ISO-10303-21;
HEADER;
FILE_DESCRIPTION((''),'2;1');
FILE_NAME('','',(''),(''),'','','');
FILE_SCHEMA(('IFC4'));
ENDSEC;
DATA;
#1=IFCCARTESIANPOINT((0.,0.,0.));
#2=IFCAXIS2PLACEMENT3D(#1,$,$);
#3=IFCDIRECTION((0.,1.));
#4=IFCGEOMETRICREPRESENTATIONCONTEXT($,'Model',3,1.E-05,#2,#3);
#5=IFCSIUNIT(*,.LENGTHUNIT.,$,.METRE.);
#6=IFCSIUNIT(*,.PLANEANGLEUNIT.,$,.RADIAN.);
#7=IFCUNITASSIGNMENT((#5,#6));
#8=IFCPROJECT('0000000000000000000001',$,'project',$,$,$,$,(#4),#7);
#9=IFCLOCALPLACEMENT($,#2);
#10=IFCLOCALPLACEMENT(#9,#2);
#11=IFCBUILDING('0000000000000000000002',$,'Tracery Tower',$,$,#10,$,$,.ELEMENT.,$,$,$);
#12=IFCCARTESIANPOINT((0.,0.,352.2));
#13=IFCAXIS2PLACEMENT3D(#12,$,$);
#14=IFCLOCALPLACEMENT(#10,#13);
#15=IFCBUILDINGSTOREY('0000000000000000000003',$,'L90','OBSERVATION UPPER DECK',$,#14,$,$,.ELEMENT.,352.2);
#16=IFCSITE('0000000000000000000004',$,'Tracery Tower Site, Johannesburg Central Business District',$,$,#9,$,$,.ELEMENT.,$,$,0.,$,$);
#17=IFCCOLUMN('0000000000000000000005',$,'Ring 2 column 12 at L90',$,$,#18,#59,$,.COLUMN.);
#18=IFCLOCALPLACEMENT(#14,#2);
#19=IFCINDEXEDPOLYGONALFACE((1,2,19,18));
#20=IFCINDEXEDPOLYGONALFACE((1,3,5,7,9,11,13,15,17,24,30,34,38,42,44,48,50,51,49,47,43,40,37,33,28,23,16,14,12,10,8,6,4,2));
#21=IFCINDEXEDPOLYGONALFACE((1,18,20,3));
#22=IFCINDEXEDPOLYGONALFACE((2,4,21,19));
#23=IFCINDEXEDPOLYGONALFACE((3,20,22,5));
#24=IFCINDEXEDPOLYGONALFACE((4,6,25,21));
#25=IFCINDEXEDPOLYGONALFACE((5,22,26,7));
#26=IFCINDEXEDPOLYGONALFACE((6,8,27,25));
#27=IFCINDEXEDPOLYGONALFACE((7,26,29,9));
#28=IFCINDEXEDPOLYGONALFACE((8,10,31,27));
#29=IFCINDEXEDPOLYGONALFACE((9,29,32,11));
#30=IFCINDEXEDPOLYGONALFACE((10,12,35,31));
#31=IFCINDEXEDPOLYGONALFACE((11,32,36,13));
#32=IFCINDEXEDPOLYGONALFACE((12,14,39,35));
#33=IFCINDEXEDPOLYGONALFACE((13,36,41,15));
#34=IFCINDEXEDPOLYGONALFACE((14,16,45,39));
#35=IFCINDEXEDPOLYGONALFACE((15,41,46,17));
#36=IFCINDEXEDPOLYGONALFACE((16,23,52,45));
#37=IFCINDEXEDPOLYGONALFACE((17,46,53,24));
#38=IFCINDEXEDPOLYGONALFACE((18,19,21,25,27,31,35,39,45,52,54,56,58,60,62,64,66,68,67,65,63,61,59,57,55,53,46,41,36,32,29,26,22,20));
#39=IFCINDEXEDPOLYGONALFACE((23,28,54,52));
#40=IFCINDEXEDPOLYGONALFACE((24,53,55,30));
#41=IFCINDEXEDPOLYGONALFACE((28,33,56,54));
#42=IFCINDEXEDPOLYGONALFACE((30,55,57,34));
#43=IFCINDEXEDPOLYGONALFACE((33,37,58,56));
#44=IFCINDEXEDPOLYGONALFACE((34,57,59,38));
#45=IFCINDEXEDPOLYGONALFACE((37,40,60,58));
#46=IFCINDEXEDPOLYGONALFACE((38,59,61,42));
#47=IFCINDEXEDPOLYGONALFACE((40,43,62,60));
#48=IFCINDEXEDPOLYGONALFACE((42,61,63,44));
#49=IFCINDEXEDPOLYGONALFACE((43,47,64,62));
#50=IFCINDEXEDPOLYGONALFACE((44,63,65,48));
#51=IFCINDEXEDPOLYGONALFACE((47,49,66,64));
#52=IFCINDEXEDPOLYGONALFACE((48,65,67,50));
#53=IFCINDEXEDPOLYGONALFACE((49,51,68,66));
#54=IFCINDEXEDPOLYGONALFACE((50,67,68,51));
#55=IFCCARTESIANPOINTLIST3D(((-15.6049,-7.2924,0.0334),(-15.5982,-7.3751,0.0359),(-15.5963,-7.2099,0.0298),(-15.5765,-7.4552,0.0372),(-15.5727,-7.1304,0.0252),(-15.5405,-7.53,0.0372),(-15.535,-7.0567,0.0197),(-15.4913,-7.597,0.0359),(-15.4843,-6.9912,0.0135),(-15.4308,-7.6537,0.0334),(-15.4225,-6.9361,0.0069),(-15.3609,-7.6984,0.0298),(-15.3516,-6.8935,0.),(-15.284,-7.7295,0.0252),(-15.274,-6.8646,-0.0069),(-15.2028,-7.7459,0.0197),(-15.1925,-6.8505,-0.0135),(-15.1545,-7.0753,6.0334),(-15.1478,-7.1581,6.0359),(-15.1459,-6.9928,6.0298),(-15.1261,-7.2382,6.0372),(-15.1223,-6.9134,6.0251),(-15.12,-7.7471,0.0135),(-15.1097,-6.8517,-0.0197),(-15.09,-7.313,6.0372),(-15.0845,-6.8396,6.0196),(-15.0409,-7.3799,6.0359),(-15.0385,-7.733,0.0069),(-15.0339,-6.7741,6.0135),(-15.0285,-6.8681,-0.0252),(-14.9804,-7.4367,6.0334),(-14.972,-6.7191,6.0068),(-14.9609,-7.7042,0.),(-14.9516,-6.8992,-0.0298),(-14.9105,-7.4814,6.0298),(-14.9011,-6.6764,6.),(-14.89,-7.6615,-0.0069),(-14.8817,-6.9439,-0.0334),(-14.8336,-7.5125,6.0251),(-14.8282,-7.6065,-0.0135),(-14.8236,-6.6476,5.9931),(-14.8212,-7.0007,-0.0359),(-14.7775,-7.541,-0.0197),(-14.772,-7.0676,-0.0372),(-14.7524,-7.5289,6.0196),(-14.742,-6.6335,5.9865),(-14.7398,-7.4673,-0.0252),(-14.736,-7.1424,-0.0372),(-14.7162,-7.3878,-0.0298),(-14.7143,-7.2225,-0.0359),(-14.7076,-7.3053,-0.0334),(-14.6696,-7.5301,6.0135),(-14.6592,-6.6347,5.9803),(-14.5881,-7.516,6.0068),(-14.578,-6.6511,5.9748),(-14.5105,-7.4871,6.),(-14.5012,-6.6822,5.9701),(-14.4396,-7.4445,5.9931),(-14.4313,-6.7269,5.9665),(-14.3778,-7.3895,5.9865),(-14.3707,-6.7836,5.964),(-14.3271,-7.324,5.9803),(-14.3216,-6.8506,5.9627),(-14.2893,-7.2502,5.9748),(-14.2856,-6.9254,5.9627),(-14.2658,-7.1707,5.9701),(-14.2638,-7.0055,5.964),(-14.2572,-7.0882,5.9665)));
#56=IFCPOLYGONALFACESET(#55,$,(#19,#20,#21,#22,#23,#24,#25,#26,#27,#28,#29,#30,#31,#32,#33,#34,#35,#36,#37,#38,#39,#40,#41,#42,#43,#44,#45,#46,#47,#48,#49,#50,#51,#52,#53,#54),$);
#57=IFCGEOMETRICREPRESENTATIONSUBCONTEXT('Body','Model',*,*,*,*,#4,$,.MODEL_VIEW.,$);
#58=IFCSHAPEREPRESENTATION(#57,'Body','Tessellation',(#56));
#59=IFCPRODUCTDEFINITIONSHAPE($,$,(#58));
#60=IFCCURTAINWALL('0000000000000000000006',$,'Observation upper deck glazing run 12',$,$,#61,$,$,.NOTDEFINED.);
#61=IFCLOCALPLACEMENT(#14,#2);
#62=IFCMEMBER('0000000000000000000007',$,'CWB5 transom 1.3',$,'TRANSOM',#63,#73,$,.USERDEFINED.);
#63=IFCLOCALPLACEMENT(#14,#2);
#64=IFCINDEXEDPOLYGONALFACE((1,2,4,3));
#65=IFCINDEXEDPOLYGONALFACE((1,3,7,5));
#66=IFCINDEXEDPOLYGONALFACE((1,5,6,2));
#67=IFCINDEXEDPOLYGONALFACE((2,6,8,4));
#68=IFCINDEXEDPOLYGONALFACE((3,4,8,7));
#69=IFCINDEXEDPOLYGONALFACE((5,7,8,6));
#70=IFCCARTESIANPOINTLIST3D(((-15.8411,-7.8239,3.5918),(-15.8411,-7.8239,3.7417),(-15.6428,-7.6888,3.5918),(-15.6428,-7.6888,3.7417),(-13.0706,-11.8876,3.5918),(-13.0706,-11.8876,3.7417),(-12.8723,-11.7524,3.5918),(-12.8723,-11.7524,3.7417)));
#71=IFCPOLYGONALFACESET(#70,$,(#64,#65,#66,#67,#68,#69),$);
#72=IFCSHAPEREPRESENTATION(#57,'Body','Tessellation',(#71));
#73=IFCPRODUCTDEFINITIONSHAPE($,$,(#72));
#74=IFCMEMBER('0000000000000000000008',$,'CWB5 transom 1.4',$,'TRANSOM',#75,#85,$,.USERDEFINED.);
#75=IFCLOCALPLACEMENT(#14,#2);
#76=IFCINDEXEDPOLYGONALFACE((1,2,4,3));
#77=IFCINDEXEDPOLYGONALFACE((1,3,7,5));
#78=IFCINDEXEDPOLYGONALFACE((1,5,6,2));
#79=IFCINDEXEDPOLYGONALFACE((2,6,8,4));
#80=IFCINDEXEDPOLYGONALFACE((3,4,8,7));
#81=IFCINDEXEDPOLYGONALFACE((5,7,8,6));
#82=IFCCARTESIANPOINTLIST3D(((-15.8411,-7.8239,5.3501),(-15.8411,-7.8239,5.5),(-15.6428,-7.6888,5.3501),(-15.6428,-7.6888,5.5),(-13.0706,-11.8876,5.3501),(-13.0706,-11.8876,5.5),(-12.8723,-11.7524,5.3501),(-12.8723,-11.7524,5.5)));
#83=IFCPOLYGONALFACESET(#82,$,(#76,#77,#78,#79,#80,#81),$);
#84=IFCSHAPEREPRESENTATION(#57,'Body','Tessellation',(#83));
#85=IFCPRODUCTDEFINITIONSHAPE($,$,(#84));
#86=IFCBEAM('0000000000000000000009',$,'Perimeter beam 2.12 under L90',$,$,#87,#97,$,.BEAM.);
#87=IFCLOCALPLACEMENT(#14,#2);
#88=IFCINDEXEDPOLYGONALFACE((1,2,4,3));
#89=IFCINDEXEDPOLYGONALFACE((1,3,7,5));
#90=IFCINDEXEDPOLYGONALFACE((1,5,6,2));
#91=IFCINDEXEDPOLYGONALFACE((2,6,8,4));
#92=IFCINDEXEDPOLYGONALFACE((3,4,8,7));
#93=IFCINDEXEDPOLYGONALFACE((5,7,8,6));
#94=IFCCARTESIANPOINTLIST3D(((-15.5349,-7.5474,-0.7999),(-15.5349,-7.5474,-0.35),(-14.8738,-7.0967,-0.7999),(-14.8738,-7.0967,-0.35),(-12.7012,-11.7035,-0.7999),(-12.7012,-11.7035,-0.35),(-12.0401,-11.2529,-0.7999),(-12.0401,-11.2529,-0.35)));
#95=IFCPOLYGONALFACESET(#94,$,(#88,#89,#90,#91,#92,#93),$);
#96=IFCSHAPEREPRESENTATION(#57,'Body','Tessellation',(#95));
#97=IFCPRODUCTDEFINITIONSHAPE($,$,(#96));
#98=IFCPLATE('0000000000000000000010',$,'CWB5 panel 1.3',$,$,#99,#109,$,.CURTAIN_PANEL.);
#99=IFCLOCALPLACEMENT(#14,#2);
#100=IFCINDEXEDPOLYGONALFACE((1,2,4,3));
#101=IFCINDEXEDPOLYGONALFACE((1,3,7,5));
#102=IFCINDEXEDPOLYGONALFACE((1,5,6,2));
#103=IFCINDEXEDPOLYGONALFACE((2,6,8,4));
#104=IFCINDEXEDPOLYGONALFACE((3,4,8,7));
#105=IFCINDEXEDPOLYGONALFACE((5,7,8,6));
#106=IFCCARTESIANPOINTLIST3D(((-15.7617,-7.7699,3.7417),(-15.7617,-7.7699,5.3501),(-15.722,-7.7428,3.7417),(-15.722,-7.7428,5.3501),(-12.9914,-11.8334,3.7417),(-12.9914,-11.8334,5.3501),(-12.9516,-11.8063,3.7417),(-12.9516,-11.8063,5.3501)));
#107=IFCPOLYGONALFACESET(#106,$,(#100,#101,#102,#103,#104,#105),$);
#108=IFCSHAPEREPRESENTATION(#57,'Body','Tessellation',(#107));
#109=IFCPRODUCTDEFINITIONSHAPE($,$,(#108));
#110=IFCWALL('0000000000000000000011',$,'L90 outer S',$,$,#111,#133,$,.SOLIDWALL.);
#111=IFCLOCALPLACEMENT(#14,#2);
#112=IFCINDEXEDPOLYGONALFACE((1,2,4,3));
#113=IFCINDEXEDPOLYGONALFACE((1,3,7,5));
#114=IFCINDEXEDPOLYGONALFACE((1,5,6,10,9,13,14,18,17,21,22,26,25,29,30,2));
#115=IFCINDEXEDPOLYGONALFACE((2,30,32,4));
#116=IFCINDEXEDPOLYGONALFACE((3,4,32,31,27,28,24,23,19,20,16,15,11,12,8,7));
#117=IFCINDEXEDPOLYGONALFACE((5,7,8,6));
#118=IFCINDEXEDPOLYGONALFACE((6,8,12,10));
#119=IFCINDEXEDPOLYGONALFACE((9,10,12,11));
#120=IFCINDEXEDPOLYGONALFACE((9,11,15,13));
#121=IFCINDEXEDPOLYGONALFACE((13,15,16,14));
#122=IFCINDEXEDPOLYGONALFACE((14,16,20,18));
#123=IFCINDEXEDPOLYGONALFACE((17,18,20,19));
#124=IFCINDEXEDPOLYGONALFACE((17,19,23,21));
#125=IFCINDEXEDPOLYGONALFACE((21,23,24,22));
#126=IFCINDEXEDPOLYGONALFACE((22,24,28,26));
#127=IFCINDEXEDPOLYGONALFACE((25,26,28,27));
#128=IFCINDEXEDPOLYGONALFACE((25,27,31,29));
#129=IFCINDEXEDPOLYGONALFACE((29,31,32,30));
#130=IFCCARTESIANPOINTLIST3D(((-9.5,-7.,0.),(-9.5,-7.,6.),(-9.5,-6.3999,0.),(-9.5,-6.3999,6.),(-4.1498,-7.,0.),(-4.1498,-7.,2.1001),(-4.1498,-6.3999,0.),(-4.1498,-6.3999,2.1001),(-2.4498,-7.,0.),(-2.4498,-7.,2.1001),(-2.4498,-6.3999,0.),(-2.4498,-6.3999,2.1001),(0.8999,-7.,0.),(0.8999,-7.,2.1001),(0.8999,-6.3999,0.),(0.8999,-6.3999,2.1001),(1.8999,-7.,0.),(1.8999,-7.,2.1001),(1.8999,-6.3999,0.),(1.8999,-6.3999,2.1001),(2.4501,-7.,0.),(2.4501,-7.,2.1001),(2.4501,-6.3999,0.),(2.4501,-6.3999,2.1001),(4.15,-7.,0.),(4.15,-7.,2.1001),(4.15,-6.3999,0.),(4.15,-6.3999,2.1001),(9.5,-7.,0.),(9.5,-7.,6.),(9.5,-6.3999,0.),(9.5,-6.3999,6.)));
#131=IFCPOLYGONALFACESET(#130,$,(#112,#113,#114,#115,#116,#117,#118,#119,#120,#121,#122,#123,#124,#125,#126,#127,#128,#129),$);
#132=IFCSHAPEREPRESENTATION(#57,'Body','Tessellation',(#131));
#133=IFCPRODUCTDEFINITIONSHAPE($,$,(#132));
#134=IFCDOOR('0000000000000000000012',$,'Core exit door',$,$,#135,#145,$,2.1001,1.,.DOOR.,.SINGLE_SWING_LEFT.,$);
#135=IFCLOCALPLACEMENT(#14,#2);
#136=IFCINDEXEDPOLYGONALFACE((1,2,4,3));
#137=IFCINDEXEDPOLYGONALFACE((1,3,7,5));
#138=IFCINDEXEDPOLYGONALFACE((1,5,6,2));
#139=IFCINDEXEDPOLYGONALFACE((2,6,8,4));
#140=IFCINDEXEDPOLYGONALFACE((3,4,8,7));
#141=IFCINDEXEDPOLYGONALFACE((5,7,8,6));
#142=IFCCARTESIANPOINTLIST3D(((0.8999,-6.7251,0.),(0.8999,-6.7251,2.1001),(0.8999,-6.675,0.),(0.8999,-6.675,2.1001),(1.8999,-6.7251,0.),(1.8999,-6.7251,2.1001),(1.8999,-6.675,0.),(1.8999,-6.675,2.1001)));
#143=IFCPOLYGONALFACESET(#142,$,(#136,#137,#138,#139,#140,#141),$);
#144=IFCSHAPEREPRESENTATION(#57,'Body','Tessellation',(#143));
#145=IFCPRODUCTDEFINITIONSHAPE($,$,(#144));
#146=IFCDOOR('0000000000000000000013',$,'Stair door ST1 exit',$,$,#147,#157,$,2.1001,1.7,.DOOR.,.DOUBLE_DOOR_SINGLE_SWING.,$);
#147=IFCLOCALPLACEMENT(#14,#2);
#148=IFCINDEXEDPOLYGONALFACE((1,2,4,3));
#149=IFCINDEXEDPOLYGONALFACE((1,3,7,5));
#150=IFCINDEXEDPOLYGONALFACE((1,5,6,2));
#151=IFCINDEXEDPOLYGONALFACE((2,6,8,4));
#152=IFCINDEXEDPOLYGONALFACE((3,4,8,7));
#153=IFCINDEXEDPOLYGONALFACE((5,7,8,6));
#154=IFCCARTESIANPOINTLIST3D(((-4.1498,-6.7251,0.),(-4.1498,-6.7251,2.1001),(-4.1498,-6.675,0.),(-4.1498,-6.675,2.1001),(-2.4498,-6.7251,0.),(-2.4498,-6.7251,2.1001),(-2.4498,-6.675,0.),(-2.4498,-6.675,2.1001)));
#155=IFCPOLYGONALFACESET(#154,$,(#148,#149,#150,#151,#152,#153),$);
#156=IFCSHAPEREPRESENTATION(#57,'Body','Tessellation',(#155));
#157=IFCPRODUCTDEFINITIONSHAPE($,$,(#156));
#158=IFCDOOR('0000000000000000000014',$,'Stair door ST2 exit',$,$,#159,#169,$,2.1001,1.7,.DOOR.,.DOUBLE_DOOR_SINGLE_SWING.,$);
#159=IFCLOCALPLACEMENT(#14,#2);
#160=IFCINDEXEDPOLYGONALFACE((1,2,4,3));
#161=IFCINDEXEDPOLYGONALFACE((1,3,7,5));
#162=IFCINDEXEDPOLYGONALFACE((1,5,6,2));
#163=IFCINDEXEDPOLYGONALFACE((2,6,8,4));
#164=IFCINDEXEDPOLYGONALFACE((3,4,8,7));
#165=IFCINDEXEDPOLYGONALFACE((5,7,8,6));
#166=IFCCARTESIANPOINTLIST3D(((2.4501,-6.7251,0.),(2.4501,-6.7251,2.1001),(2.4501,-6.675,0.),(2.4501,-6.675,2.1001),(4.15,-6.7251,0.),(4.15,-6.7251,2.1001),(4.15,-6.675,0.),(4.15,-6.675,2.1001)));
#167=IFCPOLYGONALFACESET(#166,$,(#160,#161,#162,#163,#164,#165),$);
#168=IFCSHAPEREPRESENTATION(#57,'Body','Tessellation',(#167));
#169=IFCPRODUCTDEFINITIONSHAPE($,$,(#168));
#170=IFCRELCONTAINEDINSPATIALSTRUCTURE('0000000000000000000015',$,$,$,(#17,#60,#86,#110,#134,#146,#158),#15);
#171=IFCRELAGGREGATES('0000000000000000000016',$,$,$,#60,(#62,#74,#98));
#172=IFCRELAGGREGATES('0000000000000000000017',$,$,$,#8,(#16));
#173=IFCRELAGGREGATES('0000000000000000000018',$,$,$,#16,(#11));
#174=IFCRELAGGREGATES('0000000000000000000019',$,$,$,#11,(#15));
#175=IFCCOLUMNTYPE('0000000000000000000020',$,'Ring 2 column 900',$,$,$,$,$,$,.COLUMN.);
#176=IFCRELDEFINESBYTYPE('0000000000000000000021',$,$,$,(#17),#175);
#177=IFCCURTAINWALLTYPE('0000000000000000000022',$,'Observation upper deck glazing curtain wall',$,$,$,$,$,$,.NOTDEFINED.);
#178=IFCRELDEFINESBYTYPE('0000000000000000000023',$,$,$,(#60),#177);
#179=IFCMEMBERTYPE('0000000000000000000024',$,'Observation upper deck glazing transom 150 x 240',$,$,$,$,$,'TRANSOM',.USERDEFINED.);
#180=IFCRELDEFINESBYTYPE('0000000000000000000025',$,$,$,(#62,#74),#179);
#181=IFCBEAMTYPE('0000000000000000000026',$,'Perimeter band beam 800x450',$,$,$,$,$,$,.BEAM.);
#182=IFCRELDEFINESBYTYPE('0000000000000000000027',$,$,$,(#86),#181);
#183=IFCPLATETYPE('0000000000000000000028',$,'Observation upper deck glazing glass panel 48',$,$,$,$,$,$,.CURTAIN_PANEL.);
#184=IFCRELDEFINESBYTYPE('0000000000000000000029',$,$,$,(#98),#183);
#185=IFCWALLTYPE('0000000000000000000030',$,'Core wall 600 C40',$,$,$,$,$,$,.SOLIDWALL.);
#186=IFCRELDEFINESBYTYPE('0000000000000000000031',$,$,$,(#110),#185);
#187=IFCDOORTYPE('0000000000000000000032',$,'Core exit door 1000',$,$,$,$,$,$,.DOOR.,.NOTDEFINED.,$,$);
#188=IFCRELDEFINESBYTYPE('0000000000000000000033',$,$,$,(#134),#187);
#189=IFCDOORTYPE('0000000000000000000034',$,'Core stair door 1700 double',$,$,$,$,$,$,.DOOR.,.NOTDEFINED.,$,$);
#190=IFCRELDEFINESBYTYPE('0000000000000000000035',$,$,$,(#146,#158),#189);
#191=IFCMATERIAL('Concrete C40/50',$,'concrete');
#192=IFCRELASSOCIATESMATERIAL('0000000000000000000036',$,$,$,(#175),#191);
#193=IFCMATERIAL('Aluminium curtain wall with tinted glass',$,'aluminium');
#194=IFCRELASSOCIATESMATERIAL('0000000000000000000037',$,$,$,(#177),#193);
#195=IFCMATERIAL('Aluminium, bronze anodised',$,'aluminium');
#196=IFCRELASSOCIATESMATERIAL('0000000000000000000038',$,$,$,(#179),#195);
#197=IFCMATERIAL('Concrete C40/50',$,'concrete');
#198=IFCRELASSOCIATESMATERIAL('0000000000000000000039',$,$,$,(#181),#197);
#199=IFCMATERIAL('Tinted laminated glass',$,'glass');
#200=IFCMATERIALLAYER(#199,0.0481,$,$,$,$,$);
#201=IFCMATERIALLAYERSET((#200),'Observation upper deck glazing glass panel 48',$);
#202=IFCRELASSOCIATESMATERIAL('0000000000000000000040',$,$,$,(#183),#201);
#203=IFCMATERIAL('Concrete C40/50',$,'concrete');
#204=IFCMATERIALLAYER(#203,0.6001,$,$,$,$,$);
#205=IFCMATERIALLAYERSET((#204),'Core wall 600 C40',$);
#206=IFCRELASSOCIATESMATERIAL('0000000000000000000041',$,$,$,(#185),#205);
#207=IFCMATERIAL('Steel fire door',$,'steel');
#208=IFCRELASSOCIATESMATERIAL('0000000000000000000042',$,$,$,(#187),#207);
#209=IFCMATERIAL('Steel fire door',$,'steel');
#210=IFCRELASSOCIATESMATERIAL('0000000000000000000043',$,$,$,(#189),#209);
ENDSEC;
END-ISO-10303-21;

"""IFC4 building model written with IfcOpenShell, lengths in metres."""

from ifc_helpers import new_model, si_unit, direction, frame, frame_2d, origin, origin_2d, place, context, subcontext, project, spatial, rectangle, circle, extrude, material, layer, layer_set, material_profile, profile_set, type_object, element, fill, aggregate, save


model = new_model("IFC4")

# Units and contexts
model_context = context("Model", 3, precision=1e-05, world=origin(), true_north=direction((0.0, 1.0)))
body_context = subcontext(model_context, "Body", "Model", "MODEL_VIEW")
ifc_project = project(units=[si_unit("LENGTHUNIT", "METRE"), si_unit("PLANEANGLEUNIT", "RADIAN")], contexts=[model_context])

# Site, building, storey
site_placement = place(None, origin())
site = spatial("IfcSite", under=ifc_project, at=site_placement, Name="Tracery Tower Site, Johannesburg Central Business District", CompositionType="ELEMENT", RefElevation=0.0)
building_placement = place(site_placement, origin())
building = spatial("IfcBuilding", under=site, at=building_placement, Name="Tracery Tower", CompositionType="ELEMENT")
storey_placement = place(building_placement, frame((0.0, 0.0, 352.2)))
storey = spatial("IfcBuildingStorey", under=building, at=storey_placement, Name="L90", Description="OBSERVATION UPPER DECK", CompositionType="ELEMENT", Elevation=352.2)

# Column
ifc_material_1 = material(Name="Concrete C40/50", Category="concrete")
ifc_material_profile_1 = material_profile(ifc_material_1, circle(Radius=0.45, at=origin_2d()), Name="RC D900")
ifc_profile_set_1 = profile_set([ifc_material_profile_1], Name="Concrete C40/50")
column_type = type_object("IfcColumnType", Name="Ring 2 column 900", PredefinedType="COLUMN", material=ifc_profile_set_1)
column_placement = place(storey_placement, frame((-15.1562, -7.2988, 0.0), z_axis=(0.074814, 0.036049, 0.996546), x_axis=(-0.43408, 0.900874, 0.0)))
element("IfcColumn", 1, at=column_placement, inside=storey, type_object=column_type, Name="Ring 2 column 12 at L90", PredefinedType="COLUMN", context=body_context, shape_type="SweptSolid", body=[
    extrude(circle(Radius=0.45, at=origin_2d()), origin(), (0.0, 0.0, 1.0), 6.0208),
])

# Curtain wall, members
ifc_material_2 = material(Name="Aluminium curtain wall with tinted glass", Category="aluminium")
curtain_wall_type = type_object("IfcCurtainWallType", Name="Observation upper deck glazing curtain wall", PredefinedType="NOTDEFINED", material=ifc_material_2)
curtain_wall_placement = place(storey_placement, origin())
curtain_wall = element("IfcCurtainWall", 2, at=curtain_wall_placement, inside=storey, type_object=curtain_wall_type, Name="Observation upper deck glazing run 12", PredefinedType="NOTDEFINED")
ifc_material_3 = material(Name="Aluminium, bronze anodised", Category="aluminium")
ifc_material_profile_2 = material_profile(ifc_material_3, rectangle(XDim=0.24, YDim=0.1499, at=origin_2d()), Name="Observation upper deck glazing transom 150 x 240")
ifc_profile_set_2 = profile_set([ifc_material_profile_2], Name="Aluminium, bronze anodised")
member_type = type_object("IfcMemberType", Name="Observation upper deck glazing transom 150 x 240", ElementType="TRANSOM", PredefinedType="USERDEFINED", material=ifc_profile_set_2)
member_1_placement = place(storey_placement, frame((-15.7419, -7.7563, 3.6667), z_axis=(0.563308, -0.826247, 0.0), x_axis=(0.826247, 0.563308, 0.0)))
member_1 = element("IfcMember", 3, at=member_1_placement, type_object=member_type, Name="CWB5 transom 1.3", ObjectType="TRANSOM", PredefinedType="USERDEFINED", context=body_context, shape_type="SweptSolid", body=[
    extrude(rectangle(XDim=0.24, YDim=0.1499, at=origin_2d()), origin(), (0.0, 0.0, 1.0), 4.9182),
])
member_2_placement = place(storey_placement, frame((-15.7419, -7.7563, 5.425), z_axis=(0.563308, -0.826247, 0.0), x_axis=(0.826247, 0.563308, 0.0)))
member_2 = element("IfcMember", 4, at=member_2_placement, type_object=member_type, Name="CWB5 transom 1.4", ObjectType="TRANSOM", PredefinedType="USERDEFINED", context=body_context, shape_type="SweptSolid", body=[
    extrude(rectangle(XDim=0.24, YDim=0.1499, at=origin_2d()), origin(), (0.0, 0.0, 1.0), 4.9182),
])

# Beam
ifc_material_4 = material(Name="Concrete C40/50", Category="concrete")
ifc_material_profile_3 = material_profile(ifc_material_4, rectangle(XDim=0.8, YDim=0.45, at=origin_2d()), Name="RC 800x450")
ifc_profile_set_3 = profile_set([ifc_material_profile_3], Name="Concrete C40/50")
beam_type = type_object("IfcBeamType", Name="Perimeter band beam 800x450", PredefinedType="BEAM", material=ifc_profile_set_3)
beam_placement = place(storey_placement, frame((-15.2043, -7.322, -0.575), z_axis=(0.563328, -0.826234, 0.0), x_axis=(0.826234, 0.563328, 0.0)))
element("IfcBeam", 5, at=beam_placement, inside=storey, type_object=beam_type, Name="Perimeter beam 2.12 under L90", PredefinedType="BEAM", context=body_context, shape_type="SweptSolid", body=[
    extrude(rectangle(XDim=0.8, YDim=0.45, at=origin_2d()), origin(), (0.0, 0.0, 1.0), 5.0303),
])

# Plate
ifc_material_5 = material(Name="Tinted laminated glass", Category="glass")
ifc_layer_1 = layer(ifc_material_5, 0.0481)
ifc_layer_set_1 = layer_set([ifc_layer_1], Name="Observation upper deck glazing glass panel 48")
plate_type = type_object("IfcPlateType", Name="Observation upper deck glazing glass panel 48", PredefinedType="CURTAIN_PANEL", material=ifc_layer_set_1)
plate_placement = place(storey_placement, frame((-14.3567, -9.7881, 3.7417), z_axis=(0.0, 0.0, 1.0), x_axis=(0.563314, -0.826243, 0.0)))
plate = element("IfcPlate", 6, at=plate_placement, type_object=plate_type, Name="CWB5 panel 1.3", PredefinedType="CURTAIN_PANEL", context=body_context, shape_type="SweptSolid", body=[
    extrude(rectangle(XDim=4.918, YDim=0.0481, at=origin_2d()), origin(), (0.0, 0.0, 1.0), 1.6084),
])
aggregate(curtain_wall, [member_1, member_2, plate])

# Wall, openings, doors
ifc_material_6 = material(Name="Concrete C40/50", Category="concrete")
ifc_layer_2 = layer(ifc_material_6, 0.6001)
ifc_layer_set_2 = layer_set([ifc_layer_2], Name="Core wall 600 C40")
wall_type_1 = type_object("IfcWallType", Name="Core wall 600 C40", PredefinedType="SOLIDWALL", material=ifc_layer_set_2)
wall_1_placement = place(storey_placement, frame((-9.5, -6.7, 0.0), z_axis=(0.0, 0.0, 1.0), x_axis=(1.0, 0.0, 0.0)))
wall_1 = element("IfcWall", 7, at=wall_1_placement, inside=storey, type_object=wall_type_1, Name="L90 outer S", PredefinedType="SOLIDWALL", context=body_context, shape_type="SweptSolid", body=[
    extrude(rectangle(XDim=19.0, YDim=0.6001, at=frame_2d((9.5, 0.0))), origin(), (0.0, 0.0, 1.0), 6.0),
])
opening_1_placement = place(wall_1_placement, frame((10.3999, 0.0, 0.0)))
opening_1 = element("IfcOpeningElement", 8, at=opening_1_placement, cuts=wall_1, PredefinedType="OPENING", context=body_context, shape_type="SweptSolid", body=[
    extrude(rectangle(XDim=1.0, YDim=2.1001, at=frame_2d((0.5, 1.05))), frame((0.0, 0.3, 0.0), z_axis=(0.0, -1.0, 0.0), x_axis=(1.0, 0.0, 0.0)), (0.0, 0.0, 1.0), 0.6001),
])
opening_2_placement = place(wall_1_placement, frame((5.3501, 0.0, 0.0)))
opening_2 = element("IfcOpeningElement", 9, at=opening_2_placement, cuts=wall_1, PredefinedType="OPENING", context=body_context, shape_type="SweptSolid", body=[
    extrude(rectangle(XDim=1.7, YDim=2.1001, at=frame_2d((0.8501, 1.05))), frame((0.0, 0.3, 0.0), z_axis=(0.0, -1.0, 0.0), x_axis=(1.0, 0.0, 0.0)), (0.0, 0.0, 1.0), 0.6001),
])
opening_3_placement = place(wall_1_placement, frame((11.95, 0.0, 0.0)))
opening_3 = element("IfcOpeningElement", 10, at=opening_3_placement, cuts=wall_1, PredefinedType="OPENING", context=body_context, shape_type="SweptSolid", body=[
    extrude(rectangle(XDim=1.7, YDim=2.1001, at=frame_2d((0.8501, 1.05))), frame((0.0, 0.3, 0.0), z_axis=(0.0, -1.0, 0.0), x_axis=(1.0, 0.0, 0.0)), (0.0, 0.0, 1.0), 0.6001),
])
ifc_material_7 = material(Name="Steel fire door", Category="steel")
door_type_1 = type_object("IfcDoorType", Name="Core exit door 1000", OperationType="NOTDEFINED", PredefinedType="DOOR", material=ifc_material_7)
door_1_placement = place(opening_1_placement, origin())
door_1 = element("IfcDoor", 11, at=door_1_placement, inside=storey, type_object=door_type_1, Name="Core exit door", OperationType="SINGLE_SWING_LEFT", OverallHeight=2.1001, OverallWidth=1.0, PredefinedType="DOOR", context=body_context, shape_type="SweptSolid", body=[
    extrude(rectangle(XDim=1.0, YDim=2.1001, at=frame_2d((0.5, 1.05))), frame((0.0, 0.0249, 0.0), z_axis=(0.0, -1.0, 0.0), x_axis=(1.0, 0.0, 0.0)), (0.0, 0.0, 1.0), 0.05),
])
fill(opening_1, door_1)
ifc_material_8 = material(Name="Steel fire door", Category="steel")
door_type_2 = type_object("IfcDoorType", Name="Core stair door 1700 double", OperationType="NOTDEFINED", PredefinedType="DOOR", material=ifc_material_8)
door_2_placement = place(opening_2_placement, origin())
door_2 = element("IfcDoor", 12, at=door_2_placement, inside=storey, type_object=door_type_2, Name="Stair door ST1 exit", OperationType="DOUBLE_DOOR_SINGLE_SWING", OverallHeight=2.1001, OverallWidth=1.7, PredefinedType="DOOR", context=body_context, shape_type="SweptSolid", body=[
    extrude(rectangle(XDim=1.7, YDim=2.1001, at=frame_2d((0.8501, 1.05))), frame((0.0, 0.0249, 0.0), z_axis=(0.0, -1.0, 0.0), x_axis=(1.0, 0.0, 0.0)), (0.0, 0.0, 1.0), 0.05),
])
fill(opening_2, door_2)
door_3_placement = place(opening_3_placement, origin())
door_3 = element("IfcDoor", 13, at=door_3_placement, inside=storey, type_object=door_type_2, Name="Stair door ST2 exit", OperationType="DOUBLE_DOOR_SINGLE_SWING", OverallHeight=2.1001, OverallWidth=1.7, PredefinedType="DOOR", context=body_context, shape_type="SweptSolid", body=[
    extrude(rectangle(XDim=1.7, YDim=2.1001, at=frame_2d((0.8501, 1.05))), frame((0.0, 0.0249, 0.0), z_axis=(0.0, -1.0, 0.0), x_axis=(1.0, 0.0, 0.0)), (0.0, 0.0, 1.0), 0.05),
])
fill(opening_3, door_3)

save(model, "model.ifc")
